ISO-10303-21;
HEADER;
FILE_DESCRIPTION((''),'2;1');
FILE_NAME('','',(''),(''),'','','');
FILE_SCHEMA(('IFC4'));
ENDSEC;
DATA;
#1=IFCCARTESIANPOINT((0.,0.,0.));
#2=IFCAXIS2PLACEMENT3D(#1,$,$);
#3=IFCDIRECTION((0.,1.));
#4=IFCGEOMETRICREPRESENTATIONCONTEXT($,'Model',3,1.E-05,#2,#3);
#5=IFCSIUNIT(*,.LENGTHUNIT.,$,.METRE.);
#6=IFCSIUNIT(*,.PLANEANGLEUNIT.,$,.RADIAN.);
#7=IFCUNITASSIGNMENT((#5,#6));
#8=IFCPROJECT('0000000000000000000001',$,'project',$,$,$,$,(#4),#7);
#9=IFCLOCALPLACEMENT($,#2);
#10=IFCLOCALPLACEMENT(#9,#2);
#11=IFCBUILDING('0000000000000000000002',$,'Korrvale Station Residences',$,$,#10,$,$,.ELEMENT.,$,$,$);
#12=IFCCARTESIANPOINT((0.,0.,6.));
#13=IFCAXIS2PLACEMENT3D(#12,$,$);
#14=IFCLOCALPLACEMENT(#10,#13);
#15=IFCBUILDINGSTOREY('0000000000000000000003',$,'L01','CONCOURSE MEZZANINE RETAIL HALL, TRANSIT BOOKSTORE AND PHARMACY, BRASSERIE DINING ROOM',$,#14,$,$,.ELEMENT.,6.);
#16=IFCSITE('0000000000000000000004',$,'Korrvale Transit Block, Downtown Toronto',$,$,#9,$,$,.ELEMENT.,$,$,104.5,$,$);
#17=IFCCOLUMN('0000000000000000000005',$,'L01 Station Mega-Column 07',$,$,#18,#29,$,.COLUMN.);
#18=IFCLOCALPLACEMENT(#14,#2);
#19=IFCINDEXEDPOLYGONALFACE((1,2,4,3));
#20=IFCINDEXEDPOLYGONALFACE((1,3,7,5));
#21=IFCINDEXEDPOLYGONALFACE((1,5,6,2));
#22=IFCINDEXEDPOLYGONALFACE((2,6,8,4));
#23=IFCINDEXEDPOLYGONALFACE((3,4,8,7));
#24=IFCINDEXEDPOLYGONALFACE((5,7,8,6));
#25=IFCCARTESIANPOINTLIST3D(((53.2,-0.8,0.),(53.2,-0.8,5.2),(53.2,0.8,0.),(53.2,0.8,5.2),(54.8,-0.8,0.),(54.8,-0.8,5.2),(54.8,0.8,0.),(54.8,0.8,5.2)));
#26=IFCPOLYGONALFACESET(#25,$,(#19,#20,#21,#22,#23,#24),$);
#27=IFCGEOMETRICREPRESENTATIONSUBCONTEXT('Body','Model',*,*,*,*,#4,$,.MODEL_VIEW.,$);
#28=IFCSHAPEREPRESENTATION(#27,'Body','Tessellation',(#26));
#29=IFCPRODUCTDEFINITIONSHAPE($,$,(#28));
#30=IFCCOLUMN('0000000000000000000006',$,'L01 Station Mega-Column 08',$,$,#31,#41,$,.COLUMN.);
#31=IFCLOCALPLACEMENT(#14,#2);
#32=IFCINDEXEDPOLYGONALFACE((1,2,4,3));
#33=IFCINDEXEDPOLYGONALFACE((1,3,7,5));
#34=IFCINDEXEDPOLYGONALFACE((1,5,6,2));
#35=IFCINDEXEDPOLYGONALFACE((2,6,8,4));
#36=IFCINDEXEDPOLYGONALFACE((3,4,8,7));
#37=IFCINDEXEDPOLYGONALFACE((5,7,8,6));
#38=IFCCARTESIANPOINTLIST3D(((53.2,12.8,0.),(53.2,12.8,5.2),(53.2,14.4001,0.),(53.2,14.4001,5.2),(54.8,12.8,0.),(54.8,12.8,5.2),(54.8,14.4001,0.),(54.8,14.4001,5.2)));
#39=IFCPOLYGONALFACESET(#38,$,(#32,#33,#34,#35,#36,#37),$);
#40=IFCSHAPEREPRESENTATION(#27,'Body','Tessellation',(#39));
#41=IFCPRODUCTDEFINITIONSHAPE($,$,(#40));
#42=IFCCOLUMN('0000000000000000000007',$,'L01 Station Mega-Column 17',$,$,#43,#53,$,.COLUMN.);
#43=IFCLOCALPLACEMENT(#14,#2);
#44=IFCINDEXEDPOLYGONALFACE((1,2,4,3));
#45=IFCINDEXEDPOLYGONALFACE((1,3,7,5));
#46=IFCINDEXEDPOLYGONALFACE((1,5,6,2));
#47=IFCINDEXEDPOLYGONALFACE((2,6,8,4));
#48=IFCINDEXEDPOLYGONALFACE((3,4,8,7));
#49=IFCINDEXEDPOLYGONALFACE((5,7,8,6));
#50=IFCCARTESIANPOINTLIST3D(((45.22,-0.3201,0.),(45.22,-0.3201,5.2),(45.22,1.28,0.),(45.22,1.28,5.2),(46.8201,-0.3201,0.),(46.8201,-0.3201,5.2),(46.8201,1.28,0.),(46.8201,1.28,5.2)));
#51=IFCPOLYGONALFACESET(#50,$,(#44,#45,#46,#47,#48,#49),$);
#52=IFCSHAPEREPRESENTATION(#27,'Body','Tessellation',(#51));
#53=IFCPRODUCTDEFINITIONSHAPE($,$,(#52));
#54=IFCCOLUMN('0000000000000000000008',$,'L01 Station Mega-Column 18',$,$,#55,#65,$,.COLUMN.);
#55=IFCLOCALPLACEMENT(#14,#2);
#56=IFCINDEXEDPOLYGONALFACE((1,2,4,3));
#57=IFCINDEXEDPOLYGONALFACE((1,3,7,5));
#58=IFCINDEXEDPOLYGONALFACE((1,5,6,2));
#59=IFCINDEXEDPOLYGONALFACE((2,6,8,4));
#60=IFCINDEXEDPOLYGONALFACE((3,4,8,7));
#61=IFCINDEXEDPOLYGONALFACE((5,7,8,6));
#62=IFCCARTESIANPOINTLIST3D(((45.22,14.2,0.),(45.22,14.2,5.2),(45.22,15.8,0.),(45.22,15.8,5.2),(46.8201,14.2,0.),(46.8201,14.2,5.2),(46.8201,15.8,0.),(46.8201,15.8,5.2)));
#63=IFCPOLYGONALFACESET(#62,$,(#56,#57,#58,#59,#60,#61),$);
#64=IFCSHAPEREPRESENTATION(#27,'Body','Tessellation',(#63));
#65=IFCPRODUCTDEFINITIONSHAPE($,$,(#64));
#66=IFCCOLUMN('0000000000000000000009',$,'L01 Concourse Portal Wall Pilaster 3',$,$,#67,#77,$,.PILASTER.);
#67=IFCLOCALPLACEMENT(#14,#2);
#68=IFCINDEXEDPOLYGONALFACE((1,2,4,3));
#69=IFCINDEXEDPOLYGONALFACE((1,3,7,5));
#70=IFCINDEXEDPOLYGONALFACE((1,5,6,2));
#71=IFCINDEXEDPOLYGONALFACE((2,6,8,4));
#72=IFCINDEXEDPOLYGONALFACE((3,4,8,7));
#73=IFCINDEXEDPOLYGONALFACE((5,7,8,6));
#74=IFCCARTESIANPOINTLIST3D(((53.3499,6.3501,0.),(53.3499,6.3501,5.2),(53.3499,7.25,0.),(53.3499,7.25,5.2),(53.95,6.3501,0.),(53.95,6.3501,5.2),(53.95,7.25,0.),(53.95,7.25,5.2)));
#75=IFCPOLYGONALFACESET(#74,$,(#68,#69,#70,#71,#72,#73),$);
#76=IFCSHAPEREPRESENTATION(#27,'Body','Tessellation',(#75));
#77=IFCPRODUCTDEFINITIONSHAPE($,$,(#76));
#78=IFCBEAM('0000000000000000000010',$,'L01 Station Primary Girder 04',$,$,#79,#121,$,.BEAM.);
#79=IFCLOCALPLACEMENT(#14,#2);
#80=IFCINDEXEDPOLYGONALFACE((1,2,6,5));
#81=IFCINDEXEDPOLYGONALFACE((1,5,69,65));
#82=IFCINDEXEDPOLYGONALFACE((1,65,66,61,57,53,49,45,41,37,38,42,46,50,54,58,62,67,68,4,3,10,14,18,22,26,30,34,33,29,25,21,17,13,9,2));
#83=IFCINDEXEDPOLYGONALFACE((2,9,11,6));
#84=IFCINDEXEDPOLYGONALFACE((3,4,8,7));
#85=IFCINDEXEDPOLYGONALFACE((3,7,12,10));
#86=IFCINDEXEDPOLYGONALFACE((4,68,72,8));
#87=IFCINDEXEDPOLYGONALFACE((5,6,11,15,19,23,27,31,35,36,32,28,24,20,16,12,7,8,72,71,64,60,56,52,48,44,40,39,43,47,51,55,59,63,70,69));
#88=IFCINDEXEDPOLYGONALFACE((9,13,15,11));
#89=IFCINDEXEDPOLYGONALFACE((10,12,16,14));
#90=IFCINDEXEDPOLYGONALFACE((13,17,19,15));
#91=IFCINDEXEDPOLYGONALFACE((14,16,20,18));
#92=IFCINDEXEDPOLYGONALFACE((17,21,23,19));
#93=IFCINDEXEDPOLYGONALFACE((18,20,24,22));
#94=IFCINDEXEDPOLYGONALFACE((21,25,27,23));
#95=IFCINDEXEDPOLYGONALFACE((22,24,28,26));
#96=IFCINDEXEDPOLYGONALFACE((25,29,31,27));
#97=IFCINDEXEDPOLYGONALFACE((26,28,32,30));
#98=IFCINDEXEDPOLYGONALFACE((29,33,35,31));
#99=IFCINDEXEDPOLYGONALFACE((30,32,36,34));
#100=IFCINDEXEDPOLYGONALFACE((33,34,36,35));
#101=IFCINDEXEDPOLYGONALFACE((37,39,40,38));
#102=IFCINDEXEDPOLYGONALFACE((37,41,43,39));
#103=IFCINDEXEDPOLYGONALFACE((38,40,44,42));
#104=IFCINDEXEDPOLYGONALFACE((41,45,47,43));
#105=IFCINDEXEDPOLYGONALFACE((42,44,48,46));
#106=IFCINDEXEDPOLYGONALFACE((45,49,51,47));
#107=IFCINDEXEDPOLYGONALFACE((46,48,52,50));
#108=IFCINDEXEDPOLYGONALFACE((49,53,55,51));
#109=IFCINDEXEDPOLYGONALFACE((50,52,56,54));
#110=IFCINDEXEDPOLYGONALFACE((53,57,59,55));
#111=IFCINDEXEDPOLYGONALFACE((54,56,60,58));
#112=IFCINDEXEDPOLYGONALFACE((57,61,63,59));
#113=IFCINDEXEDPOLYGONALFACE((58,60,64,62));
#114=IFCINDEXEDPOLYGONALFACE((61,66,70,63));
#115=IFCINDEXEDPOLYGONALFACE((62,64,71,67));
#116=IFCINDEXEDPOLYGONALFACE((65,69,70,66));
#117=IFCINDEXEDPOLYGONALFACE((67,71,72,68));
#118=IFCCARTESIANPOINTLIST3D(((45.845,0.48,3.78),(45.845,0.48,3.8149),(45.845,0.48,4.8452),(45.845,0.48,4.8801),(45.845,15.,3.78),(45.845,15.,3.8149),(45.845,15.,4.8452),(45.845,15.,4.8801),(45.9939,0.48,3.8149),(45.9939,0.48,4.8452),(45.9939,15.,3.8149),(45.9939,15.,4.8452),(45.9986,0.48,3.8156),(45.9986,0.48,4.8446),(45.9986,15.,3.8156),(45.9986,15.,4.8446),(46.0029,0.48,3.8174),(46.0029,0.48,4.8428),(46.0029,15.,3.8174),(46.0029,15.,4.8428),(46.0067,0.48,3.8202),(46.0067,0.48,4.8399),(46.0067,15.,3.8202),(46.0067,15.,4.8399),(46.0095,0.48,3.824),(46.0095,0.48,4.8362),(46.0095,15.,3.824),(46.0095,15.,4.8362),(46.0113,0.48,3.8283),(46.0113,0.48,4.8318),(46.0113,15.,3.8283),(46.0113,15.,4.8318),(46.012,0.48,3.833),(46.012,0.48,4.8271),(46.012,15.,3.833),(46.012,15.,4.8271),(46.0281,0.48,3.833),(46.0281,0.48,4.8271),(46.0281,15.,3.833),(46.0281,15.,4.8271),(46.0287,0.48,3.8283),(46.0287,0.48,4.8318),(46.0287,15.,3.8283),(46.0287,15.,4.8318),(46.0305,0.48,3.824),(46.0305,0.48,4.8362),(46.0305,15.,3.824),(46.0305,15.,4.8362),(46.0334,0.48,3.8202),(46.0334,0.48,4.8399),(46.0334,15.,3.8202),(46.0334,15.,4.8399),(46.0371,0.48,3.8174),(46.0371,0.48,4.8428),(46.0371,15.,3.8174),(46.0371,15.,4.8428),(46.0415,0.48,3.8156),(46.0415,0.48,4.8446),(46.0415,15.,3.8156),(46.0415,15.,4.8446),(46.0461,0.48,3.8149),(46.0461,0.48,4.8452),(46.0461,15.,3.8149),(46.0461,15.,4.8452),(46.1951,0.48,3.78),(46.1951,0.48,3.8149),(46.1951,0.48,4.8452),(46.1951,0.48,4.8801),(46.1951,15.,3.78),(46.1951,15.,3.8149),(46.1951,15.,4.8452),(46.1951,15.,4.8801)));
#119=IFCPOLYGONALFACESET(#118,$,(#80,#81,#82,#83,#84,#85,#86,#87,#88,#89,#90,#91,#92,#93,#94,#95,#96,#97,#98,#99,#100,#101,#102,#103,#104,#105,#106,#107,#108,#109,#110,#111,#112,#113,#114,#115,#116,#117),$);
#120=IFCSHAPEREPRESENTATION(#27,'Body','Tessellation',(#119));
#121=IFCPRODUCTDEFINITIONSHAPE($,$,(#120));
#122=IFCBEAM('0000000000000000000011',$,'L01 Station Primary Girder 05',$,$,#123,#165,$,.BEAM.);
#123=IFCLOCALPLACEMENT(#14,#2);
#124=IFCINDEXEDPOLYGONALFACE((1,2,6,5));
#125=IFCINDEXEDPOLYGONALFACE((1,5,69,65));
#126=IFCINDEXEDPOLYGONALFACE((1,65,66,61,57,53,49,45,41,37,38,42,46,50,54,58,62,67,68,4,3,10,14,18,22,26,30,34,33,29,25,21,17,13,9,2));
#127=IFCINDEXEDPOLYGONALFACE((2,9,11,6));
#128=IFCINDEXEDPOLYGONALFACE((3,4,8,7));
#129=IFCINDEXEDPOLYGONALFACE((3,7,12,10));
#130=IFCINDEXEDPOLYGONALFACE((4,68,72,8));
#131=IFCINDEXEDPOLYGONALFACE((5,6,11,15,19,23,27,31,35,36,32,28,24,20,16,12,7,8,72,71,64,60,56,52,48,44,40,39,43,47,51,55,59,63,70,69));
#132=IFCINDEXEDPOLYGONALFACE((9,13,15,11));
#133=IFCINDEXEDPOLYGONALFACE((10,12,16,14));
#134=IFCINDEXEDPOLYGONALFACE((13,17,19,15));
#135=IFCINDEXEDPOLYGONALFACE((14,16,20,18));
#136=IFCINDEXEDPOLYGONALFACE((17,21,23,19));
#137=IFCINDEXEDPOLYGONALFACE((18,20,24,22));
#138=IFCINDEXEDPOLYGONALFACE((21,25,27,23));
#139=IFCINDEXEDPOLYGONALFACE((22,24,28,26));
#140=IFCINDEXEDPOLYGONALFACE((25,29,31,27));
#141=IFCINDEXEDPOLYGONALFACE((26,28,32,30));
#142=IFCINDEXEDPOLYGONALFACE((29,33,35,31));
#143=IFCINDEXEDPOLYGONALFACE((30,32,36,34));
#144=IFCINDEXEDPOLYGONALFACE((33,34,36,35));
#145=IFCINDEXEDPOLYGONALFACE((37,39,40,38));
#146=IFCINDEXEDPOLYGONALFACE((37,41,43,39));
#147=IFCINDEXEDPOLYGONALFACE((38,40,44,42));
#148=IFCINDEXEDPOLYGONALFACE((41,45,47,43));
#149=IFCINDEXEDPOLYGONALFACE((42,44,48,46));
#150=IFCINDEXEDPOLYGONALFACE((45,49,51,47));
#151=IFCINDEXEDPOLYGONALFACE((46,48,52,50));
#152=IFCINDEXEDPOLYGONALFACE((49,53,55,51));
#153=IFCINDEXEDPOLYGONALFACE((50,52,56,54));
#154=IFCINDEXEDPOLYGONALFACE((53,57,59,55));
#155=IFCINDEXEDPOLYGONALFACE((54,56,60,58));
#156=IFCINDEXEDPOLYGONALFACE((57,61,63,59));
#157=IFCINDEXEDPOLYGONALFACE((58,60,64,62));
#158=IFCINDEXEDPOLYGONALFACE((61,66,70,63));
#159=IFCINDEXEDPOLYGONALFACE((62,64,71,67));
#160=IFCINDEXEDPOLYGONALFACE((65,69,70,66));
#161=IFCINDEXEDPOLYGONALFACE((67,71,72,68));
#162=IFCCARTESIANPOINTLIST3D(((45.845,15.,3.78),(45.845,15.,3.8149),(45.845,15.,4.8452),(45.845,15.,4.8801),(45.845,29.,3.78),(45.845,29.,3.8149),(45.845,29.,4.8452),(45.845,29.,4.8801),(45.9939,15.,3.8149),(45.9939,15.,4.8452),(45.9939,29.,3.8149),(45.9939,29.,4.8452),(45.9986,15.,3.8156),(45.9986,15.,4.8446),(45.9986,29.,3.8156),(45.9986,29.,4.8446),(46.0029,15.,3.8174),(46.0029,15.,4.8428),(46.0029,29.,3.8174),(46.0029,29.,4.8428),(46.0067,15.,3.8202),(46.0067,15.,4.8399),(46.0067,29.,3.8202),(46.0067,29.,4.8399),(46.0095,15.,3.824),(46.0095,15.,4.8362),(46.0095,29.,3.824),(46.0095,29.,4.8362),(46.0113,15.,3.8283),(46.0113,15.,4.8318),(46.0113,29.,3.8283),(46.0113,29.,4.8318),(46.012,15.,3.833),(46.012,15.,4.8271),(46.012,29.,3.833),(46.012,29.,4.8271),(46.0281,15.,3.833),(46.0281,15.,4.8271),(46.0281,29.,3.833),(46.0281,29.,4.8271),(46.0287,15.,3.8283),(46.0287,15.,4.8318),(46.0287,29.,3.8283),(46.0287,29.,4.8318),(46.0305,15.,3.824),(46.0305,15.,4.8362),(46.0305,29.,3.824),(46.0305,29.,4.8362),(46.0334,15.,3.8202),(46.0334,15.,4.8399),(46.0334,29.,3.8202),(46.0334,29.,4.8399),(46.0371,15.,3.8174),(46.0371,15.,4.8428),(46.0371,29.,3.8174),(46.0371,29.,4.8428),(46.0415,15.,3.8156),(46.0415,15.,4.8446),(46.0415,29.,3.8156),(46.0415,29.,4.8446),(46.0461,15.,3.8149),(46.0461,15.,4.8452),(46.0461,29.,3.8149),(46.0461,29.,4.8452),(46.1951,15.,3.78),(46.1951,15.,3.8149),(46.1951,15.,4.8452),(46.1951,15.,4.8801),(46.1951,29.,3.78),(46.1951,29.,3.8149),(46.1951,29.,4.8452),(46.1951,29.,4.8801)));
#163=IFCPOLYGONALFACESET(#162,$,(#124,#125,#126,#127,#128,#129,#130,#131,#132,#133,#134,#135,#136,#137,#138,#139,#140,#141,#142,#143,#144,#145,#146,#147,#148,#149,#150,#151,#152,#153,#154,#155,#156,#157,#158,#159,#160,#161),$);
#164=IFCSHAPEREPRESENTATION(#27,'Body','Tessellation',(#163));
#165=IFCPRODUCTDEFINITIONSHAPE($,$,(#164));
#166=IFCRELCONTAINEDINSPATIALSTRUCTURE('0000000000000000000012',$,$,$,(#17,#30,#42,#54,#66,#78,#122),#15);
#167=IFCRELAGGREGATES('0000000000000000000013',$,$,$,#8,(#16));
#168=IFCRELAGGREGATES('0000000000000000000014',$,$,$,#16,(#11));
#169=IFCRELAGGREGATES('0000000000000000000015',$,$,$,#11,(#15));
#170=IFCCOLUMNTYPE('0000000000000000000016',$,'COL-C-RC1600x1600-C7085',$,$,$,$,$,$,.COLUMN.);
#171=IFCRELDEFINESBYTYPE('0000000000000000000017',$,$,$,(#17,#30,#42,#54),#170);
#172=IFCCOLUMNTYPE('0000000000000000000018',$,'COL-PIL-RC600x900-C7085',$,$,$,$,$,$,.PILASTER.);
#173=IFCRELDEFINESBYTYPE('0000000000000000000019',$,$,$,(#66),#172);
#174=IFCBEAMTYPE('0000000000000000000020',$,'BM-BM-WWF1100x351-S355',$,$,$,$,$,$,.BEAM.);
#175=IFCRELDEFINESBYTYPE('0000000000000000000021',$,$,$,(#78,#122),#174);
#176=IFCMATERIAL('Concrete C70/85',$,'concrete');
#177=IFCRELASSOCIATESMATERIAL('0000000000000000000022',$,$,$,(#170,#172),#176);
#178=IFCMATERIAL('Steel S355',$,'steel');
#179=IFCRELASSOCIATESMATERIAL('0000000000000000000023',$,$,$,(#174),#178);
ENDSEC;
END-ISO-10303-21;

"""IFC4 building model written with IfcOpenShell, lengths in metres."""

from ifc_helpers import new_model, si_unit, direction, frame, origin, origin_2d, place, context, subcontext, project, spatial, rectangle, i_section, extrude, material, material_profile, profile_set, type_object, element, save


model = new_model("IFC4")

# Units and contexts
model_context = context("Model", 3, precision=1e-05, world=origin(), true_north=direction((0.0, 1.0)))
body_context = subcontext(model_context, "Body", "Model", "MODEL_VIEW")
ifc_project = project(units=[si_unit("LENGTHUNIT", "METRE"), si_unit("PLANEANGLEUNIT", "RADIAN")], contexts=[model_context])

# Site, building, storey
site_placement = place(None, origin())
site = spatial("IfcSite", under=ifc_project, at=site_placement, Name="Korrvale Transit Block, Downtown Toronto", CompositionType="ELEMENT", RefElevation=104.5)
building_placement = place(site_placement, origin())
building = spatial("IfcBuilding", under=site, at=building_placement, Name="Korrvale Station Residences", CompositionType="ELEMENT")
storey_placement = place(building_placement, frame((0.0, 0.0, 6.0)))
storey = spatial("IfcBuildingStorey", under=building, at=storey_placement, Name="L01", Description="CONCOURSE MEZZANINE RETAIL HALL, TRANSIT BOOKSTORE AND PHARMACY, BRASSERIE DINING ROOM", CompositionType="ELEMENT", Elevation=6.0)

# Columns
ifc_material_1 = material(Name="Concrete C70/85", Category="concrete")
ifc_material_profile_1 = material_profile(ifc_material_1, rectangle(XDim=1.6001, YDim=1.6001, at=origin_2d()), Name="RC1600x1600")
ifc_profile_set_1 = profile_set([ifc_material_profile_1], Name="Concrete C70/85")
column_type_1 = type_object("IfcColumnType", Name="COL-C-RC1600x1600-C7085", PredefinedType="COLUMN", material=ifc_profile_set_1)
for number, where, z_axis, x_axis, name in (
    (1, (54.0, 0.0, 0.0), (0.0, 0.0, 1.0), (1.0, 0.0, 0.0), "L01 Station Mega-Column 07"),
    (2, (54.0, 13.6001, 0.0), (0.0, 0.0, 1.0), (1.0, 0.0, 0.0), "L01 Station Mega-Column 08"),
    (3, (46.02, 0.48, 0.0), (0.0, 0.0, 1.0), (1.0, 0.0, 0.0), "L01 Station Mega-Column 17"),
    (4, (46.02, 15.0, 0.0), (0.0, 0.0, 1.0), (1.0, 0.0, 0.0), "L01 Station Mega-Column 18"),
):
    element("IfcColumn", number, at=place(storey_placement, frame(where, z_axis=z_axis, x_axis=x_axis)), inside=storey, type_object=column_type_1, Name=name, PredefinedType="COLUMN", context=body_context, shape_type="SweptSolid", body=[
        extrude(rectangle(XDim=1.6001, YDim=1.6001, at=origin_2d()), origin(), (0.0, 0.0, 1.0), 5.2),
    ])
ifc_material_profile_2 = material_profile(ifc_material_1, rectangle(XDim=0.6001, YDim=0.8999, at=origin_2d()), Name="RC600x900")
ifc_profile_set_2 = profile_set([ifc_material_profile_2], Name="Concrete C70/85")
column_type_2 = type_object("IfcColumnType", Name="COL-PIL-RC600x900-C7085", PredefinedType="PILASTER", material=ifc_profile_set_2)
column_placement = place(storey_placement, frame((53.6499, 6.8, 0.0), z_axis=(0.0, 0.0, 1.0), x_axis=(1.0, 0.0, 0.0)))
element("IfcColumn", 5, at=column_placement, inside=storey, type_object=column_type_2, Name="L01 Concourse Portal Wall Pilaster 3", PredefinedType="PILASTER", context=body_context, shape_type="SweptSolid", body=[
    extrude(rectangle(XDim=0.6001, YDim=0.8999, at=origin_2d()), origin(), (0.0, 0.0, 1.0), 5.2),
])

# Beams
ifc_material_2 = material(Name="Steel S355", Category="steel")
ifc_material_profile_3 = material_profile(ifc_material_2, i_section(OverallWidth=0.3501, OverallDepth=1.1001, WebThickness=0.0161, FlangeThickness=0.0349, FilletRadius=0.0181, at=origin_2d()), Name="WWF1100x351")
ifc_profile_set_3 = profile_set([ifc_material_profile_3], Name="Steel S355")
beam_type_1 = type_object("IfcBeamType", Name="BM-BM-WWF1100x351-S355", PredefinedType="BEAM", material=ifc_profile_set_3)
beam_1_placement = place(storey_placement, frame((46.02, 0.48, 4.3301), z_axis=(0.0, 1.0, 0.0), x_axis=(-1.0, 0.0, 0.0)))
element("IfcBeam", 6, at=beam_1_placement, inside=storey, type_object=beam_type_1, Name="L01 Station Primary Girder 04", PredefinedType="BEAM", context=body_context, shape_type="SweptSolid", body=[
    extrude(i_section(OverallWidth=0.3501, OverallDepth=1.1001, WebThickness=0.0161, FlangeThickness=0.0349, FilletRadius=0.0181, at=origin_2d()), origin(), (0.0, 0.0, 1.0), 14.52),
])
beam_2_placement = place(storey_placement, frame((46.02, 15.0, 4.3301), z_axis=(0.0, 1.0, 0.0), x_axis=(-1.0, 0.0, 0.0)))
element("IfcBeam", 7, at=beam_2_placement, inside=storey, type_object=beam_type_1, Name="L01 Station Primary Girder 05", PredefinedType="BEAM", context=body_context, shape_type="SweptSolid", body=[
    extrude(i_section(OverallWidth=0.3501, OverallDepth=1.1001, WebThickness=0.0161, FlangeThickness=0.0349, FilletRadius=0.0181, at=origin_2d()), origin(), (0.0, 0.0, 1.0), 14.0),
])

save(model, "model.ifc")
